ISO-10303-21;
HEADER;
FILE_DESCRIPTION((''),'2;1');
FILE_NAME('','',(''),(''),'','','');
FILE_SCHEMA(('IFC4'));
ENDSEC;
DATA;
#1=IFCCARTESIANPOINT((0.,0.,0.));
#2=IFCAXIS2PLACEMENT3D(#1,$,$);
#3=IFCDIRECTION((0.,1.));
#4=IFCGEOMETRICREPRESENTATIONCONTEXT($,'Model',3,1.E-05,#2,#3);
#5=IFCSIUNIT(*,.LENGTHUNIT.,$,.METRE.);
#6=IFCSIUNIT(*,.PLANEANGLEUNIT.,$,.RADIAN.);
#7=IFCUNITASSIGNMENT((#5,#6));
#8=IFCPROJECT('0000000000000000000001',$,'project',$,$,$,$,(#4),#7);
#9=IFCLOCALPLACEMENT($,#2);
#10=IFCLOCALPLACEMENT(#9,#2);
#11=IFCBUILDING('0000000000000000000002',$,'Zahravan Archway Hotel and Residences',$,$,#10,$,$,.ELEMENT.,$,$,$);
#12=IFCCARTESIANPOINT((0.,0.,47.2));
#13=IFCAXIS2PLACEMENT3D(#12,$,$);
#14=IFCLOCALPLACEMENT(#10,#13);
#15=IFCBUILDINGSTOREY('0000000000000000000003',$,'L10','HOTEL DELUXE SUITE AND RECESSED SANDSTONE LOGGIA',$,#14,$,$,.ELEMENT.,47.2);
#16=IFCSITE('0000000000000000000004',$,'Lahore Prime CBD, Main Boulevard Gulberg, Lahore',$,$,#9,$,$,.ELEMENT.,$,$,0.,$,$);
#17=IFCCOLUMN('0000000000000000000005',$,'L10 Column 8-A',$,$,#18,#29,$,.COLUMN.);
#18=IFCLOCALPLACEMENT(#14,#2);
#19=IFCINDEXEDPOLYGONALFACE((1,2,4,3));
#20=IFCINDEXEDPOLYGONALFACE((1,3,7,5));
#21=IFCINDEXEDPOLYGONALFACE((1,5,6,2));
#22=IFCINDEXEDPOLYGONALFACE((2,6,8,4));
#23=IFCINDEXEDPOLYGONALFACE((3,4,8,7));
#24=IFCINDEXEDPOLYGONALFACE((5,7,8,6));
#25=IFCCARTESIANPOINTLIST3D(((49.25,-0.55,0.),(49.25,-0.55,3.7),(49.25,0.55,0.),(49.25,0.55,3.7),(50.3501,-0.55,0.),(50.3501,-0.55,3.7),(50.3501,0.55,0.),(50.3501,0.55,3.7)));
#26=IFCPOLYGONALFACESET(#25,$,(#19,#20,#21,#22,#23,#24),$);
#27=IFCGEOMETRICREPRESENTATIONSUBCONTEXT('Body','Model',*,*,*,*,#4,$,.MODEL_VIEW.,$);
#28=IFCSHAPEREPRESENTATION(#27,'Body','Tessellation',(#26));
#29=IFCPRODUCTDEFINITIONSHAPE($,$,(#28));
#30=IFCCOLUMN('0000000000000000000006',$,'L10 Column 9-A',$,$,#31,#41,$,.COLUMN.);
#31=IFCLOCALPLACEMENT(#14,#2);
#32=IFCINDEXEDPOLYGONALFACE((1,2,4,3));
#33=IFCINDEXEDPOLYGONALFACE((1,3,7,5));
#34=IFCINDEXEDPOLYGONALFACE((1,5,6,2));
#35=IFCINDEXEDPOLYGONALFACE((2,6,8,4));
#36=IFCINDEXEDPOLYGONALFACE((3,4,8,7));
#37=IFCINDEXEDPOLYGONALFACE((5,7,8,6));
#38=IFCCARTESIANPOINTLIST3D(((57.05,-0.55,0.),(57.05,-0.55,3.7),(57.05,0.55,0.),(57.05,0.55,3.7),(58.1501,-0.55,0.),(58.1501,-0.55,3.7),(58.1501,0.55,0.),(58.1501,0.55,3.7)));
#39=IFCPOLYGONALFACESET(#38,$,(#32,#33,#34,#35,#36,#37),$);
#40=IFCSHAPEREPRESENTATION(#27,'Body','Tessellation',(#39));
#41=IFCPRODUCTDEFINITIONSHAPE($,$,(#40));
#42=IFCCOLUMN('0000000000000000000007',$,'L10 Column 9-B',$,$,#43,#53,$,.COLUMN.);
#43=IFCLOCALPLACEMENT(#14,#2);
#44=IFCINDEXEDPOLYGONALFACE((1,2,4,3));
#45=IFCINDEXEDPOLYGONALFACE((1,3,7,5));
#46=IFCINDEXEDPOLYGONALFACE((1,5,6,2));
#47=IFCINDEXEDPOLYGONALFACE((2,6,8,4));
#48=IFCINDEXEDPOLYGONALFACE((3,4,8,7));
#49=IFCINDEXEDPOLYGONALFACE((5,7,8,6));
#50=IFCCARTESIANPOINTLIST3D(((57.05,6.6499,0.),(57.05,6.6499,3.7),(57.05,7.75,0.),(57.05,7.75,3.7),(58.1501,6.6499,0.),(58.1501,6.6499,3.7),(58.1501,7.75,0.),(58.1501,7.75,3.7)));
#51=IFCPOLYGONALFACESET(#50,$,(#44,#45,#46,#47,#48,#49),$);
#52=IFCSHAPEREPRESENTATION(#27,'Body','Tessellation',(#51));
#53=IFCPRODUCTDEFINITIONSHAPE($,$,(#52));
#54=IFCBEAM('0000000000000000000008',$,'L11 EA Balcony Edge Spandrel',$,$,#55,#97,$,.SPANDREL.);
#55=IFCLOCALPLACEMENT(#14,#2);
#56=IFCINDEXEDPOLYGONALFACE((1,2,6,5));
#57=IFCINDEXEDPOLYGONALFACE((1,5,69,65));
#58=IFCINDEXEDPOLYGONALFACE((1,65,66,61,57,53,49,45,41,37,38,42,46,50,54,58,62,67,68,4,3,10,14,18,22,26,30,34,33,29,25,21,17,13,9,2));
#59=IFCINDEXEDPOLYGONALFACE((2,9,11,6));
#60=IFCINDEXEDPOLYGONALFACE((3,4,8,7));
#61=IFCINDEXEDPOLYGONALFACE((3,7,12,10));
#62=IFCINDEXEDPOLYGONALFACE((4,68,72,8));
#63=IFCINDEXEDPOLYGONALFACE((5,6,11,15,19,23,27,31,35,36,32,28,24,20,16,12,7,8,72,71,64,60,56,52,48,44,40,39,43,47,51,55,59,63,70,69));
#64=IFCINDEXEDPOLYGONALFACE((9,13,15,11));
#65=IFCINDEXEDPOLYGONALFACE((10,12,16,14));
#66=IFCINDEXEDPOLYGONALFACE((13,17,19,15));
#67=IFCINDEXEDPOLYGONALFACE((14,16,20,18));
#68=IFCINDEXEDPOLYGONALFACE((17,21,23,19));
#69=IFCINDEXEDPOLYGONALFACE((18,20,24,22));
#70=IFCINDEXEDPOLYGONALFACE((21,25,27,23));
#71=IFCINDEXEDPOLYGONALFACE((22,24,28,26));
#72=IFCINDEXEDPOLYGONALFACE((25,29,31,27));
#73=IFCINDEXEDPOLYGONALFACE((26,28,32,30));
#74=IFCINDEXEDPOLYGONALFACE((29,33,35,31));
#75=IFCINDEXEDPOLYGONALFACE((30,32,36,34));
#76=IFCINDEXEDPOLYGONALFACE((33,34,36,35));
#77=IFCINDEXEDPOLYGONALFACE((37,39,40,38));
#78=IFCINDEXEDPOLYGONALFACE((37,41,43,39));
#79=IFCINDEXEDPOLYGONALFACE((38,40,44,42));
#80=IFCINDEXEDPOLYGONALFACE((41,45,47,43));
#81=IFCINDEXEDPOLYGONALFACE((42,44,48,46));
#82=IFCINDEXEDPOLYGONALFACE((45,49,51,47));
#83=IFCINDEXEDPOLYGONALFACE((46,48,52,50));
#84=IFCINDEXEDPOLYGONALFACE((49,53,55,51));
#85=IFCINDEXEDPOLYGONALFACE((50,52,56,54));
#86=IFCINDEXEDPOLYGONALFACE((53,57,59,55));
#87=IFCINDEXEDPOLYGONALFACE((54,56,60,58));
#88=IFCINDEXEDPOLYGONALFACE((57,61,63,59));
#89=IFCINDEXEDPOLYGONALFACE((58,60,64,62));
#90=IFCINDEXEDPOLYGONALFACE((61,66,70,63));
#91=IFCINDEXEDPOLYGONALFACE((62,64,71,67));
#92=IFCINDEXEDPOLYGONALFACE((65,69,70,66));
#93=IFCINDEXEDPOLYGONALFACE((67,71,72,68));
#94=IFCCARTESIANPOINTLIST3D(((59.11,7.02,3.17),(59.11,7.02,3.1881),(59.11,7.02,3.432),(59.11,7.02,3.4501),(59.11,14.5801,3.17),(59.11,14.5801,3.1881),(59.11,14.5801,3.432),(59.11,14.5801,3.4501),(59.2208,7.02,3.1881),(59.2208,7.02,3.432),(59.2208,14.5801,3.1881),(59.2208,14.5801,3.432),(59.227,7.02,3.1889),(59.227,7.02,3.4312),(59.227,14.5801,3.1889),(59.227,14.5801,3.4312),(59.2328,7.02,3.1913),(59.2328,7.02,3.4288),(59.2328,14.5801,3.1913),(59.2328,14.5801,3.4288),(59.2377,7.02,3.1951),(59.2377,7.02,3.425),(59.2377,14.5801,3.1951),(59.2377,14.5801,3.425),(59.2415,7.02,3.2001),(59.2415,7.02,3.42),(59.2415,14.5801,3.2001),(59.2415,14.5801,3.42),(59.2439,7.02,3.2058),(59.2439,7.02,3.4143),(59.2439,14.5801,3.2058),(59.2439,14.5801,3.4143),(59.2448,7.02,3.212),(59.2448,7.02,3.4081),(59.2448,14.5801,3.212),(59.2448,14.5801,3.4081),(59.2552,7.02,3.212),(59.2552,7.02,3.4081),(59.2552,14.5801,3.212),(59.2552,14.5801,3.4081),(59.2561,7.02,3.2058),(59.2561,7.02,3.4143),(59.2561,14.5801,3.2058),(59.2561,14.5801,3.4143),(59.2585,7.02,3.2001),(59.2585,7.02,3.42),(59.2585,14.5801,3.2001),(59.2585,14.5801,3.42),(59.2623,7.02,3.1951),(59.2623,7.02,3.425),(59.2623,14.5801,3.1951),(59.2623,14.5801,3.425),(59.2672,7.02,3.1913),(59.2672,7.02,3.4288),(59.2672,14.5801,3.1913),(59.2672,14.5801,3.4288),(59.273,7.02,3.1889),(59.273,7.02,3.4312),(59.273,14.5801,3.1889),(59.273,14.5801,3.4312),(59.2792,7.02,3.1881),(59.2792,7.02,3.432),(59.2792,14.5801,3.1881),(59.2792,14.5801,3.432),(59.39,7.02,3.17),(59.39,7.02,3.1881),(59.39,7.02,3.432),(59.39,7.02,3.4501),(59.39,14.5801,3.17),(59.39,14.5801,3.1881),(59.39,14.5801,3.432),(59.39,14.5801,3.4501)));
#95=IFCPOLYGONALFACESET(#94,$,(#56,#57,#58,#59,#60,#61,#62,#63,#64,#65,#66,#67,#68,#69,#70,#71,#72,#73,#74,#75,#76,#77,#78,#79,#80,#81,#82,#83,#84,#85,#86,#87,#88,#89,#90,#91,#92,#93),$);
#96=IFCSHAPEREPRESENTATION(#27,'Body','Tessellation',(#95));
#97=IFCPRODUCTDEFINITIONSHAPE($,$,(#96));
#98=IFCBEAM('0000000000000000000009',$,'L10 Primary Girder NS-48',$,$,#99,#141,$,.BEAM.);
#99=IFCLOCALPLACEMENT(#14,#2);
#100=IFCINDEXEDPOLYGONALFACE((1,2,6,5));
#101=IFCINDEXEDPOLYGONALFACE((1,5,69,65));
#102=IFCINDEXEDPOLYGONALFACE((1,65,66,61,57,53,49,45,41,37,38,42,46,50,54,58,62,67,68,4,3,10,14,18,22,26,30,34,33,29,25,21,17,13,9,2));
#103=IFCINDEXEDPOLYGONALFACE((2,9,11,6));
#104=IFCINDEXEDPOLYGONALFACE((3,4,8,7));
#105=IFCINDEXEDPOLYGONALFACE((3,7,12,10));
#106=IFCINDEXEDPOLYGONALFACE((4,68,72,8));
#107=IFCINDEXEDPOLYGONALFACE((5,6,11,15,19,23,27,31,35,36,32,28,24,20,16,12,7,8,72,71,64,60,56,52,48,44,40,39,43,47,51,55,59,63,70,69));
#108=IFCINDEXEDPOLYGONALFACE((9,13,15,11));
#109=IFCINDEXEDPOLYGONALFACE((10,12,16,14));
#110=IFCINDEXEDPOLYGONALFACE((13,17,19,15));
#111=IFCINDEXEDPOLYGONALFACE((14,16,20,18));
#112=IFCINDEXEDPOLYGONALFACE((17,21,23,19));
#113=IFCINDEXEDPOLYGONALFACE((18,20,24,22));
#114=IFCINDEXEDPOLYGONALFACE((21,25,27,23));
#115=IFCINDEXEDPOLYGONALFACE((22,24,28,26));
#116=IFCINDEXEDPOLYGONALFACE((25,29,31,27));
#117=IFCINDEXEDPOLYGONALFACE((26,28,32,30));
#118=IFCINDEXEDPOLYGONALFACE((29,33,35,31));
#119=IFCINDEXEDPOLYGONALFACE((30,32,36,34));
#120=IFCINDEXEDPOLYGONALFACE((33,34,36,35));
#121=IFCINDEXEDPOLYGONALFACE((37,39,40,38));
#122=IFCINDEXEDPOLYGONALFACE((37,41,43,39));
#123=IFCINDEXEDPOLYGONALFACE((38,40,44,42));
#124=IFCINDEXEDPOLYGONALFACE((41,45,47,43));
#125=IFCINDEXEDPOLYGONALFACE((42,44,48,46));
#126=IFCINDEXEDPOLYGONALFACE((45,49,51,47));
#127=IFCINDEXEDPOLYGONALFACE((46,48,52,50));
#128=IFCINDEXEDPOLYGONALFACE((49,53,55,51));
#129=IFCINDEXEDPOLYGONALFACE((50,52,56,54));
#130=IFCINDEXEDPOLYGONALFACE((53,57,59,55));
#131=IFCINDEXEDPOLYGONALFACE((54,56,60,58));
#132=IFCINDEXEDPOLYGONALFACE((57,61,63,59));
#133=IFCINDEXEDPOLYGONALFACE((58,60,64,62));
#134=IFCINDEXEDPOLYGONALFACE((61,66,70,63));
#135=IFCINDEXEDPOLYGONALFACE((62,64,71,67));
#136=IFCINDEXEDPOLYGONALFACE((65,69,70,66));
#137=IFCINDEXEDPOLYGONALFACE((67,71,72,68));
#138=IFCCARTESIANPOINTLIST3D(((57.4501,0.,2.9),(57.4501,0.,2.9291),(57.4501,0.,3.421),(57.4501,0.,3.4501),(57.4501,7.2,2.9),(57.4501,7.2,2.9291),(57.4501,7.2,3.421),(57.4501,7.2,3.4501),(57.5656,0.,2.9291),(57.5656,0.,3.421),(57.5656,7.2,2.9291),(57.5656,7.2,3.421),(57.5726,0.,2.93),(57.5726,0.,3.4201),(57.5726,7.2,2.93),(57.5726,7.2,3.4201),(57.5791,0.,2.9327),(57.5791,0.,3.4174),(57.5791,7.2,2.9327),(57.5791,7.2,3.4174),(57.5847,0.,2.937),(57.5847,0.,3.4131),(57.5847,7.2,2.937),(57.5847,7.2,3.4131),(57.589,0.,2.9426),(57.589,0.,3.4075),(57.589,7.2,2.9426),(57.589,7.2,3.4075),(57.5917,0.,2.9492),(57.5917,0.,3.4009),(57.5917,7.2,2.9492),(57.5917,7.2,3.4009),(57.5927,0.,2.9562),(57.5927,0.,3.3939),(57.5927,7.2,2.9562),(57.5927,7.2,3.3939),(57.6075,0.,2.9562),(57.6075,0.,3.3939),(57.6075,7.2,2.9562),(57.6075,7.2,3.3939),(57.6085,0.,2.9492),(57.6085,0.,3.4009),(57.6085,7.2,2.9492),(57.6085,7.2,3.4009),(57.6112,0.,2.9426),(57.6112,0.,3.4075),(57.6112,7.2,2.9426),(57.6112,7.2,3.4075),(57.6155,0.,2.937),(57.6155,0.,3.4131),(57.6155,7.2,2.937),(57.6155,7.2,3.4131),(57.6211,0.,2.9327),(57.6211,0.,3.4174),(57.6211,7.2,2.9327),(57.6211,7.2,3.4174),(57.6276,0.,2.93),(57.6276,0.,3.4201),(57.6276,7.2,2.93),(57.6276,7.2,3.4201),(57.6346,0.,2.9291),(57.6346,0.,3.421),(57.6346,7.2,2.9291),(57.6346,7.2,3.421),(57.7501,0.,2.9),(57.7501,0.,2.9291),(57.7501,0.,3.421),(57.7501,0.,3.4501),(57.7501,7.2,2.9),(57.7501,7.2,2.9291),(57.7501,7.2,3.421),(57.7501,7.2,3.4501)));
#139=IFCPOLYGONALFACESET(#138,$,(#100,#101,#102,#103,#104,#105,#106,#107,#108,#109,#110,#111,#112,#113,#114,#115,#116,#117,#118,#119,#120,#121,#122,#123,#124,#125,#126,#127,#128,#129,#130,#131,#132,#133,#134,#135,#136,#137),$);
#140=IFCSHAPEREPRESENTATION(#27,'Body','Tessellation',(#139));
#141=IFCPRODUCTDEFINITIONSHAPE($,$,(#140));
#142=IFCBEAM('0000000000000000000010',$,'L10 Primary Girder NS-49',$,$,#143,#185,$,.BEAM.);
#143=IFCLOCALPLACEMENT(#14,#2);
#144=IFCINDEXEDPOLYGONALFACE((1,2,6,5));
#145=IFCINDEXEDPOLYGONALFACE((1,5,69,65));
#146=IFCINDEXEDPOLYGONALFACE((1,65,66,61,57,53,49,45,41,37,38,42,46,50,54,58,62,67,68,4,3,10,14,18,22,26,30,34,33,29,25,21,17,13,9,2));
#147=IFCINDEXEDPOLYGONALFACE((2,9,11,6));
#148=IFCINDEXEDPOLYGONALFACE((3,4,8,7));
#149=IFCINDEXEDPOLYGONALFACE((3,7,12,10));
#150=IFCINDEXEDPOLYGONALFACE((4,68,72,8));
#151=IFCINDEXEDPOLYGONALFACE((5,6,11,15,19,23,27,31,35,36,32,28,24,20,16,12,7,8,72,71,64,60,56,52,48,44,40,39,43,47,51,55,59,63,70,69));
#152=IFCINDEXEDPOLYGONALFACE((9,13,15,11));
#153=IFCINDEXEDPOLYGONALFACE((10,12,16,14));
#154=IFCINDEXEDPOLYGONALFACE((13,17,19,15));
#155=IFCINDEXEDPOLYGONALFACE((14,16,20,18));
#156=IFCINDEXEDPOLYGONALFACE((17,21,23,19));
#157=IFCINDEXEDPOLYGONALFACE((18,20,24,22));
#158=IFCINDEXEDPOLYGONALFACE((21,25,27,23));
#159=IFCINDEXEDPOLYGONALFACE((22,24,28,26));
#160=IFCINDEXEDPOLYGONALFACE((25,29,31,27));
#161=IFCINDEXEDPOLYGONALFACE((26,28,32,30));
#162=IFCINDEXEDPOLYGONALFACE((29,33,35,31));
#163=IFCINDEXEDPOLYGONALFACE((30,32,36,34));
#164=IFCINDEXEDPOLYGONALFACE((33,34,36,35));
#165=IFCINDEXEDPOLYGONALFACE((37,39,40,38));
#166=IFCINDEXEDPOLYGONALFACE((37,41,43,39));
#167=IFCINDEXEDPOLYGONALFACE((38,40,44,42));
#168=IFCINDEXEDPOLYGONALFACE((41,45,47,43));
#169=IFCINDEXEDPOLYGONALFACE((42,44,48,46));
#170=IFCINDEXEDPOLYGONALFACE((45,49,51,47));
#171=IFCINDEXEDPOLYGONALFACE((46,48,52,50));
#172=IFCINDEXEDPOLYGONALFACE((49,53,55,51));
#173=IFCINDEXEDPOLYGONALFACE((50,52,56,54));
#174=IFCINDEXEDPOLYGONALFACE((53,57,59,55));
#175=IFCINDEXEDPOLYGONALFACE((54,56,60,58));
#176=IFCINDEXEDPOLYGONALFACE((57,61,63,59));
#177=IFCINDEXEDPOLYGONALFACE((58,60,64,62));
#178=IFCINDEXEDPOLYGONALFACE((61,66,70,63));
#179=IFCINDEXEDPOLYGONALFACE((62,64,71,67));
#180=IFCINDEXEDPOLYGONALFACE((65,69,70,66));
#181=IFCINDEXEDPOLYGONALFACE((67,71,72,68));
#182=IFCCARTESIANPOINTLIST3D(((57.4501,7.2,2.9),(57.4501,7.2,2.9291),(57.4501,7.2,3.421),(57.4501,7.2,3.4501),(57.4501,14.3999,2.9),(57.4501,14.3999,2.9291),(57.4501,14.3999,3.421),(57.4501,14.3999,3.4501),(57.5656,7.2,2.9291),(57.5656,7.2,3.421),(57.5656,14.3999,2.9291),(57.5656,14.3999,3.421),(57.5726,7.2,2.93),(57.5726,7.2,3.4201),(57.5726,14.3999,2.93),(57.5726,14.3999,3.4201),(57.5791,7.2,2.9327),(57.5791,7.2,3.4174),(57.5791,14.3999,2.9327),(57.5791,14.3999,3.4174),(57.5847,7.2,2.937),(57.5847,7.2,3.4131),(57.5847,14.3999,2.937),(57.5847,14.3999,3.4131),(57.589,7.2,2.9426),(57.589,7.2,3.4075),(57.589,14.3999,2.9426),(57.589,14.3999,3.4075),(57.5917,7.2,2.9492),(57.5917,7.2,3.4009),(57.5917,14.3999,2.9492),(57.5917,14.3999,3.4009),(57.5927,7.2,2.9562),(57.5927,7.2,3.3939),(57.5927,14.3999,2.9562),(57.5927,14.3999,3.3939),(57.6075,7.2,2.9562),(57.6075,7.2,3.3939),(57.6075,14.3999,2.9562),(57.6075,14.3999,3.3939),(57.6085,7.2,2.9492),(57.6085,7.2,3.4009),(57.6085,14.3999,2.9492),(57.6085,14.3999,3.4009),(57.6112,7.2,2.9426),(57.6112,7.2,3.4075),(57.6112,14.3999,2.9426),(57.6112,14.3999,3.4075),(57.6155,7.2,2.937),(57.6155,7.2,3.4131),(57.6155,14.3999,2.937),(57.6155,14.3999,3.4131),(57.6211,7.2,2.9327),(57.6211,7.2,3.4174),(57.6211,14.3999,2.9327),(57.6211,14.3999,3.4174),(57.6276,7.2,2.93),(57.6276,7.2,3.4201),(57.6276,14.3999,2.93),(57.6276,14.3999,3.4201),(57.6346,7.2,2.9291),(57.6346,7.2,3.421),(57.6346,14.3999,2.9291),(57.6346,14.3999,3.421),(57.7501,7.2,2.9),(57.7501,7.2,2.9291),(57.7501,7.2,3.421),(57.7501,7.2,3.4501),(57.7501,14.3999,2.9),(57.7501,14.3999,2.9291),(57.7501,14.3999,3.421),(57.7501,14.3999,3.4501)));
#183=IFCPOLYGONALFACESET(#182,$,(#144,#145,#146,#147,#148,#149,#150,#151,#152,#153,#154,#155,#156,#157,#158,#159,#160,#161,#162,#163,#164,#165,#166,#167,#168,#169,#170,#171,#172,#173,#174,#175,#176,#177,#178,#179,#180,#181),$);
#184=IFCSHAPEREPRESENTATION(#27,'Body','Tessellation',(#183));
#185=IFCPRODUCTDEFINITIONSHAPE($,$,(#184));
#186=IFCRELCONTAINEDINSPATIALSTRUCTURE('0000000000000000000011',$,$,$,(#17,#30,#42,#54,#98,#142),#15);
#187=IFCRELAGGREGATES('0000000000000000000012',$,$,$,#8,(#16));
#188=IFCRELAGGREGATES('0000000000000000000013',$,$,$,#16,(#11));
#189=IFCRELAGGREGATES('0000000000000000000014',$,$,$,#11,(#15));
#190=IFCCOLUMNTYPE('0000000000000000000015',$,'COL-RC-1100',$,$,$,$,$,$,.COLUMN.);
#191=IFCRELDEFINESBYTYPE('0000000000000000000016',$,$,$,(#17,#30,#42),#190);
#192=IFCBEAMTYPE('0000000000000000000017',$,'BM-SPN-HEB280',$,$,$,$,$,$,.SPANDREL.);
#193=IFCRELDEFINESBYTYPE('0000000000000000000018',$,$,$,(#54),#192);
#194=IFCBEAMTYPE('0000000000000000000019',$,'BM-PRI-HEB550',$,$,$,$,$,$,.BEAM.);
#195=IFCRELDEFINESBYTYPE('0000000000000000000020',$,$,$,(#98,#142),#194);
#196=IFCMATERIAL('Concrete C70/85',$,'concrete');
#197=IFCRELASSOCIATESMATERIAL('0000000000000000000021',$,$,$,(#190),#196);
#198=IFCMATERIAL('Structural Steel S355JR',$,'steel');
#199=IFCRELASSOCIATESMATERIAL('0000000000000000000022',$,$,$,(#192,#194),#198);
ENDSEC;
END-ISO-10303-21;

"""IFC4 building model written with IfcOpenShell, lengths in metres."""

from ifc_helpers import new_model, si_unit, direction, frame, origin, origin_2d, place, context, subcontext, project, spatial, rectangle, i_section, extrude, source, transform, mapped, material, material_profile, profile_set, type_object, type_shapes, element, save


model = new_model("IFC4")

# Units and contexts
model_context = context("Model", 3, precision=1e-05, world=origin(), true_north=direction((0.0, 1.0)))
body_context = subcontext(model_context, "Body", "Model", "MODEL_VIEW")
ifc_project = project(units=[si_unit("LENGTHUNIT", "METRE"), si_unit("PLANEANGLEUNIT", "RADIAN")], contexts=[model_context])

# Site, building, storey
site_placement = place(None, origin())
site = spatial("IfcSite", under=ifc_project, at=site_placement, Name="Lahore Prime CBD, Main Boulevard Gulberg, Lahore", CompositionType="ELEMENT", RefElevation=0.0)
building_placement = place(site_placement, origin())
building = spatial("IfcBuilding", under=site, at=building_placement, Name="Zahravan Archway Hotel and Residences", CompositionType="ELEMENT")
storey_placement = place(building_placement, frame((0.0, 0.0, 47.2)))
storey = spatial("IfcBuildingStorey", under=building, at=storey_placement, Name="L10", Description="HOTEL DELUXE SUITE AND RECESSED SANDSTONE LOGGIA", CompositionType="ELEMENT", Elevation=47.2)

# Columns
ifc_material_1 = material(Name="Concrete C70/85", Category="concrete")
ifc_material_profile_1 = material_profile(ifc_material_1, rectangle(XDim=1.1001, YDim=1.1001, at=origin_2d()), Name="RC 1100x1100", Category="concrete")
ifc_profile_set_1 = profile_set([ifc_material_profile_1], Name="Concrete C70/85")
column_type = type_object("IfcColumnType", Name="COL-RC-1100", PredefinedType="COLUMN", material=ifc_profile_set_1)
shared_shape_1 = source(origin(), body_context, "Body", "SweptSolid", [
    extrude(rectangle(XDim=1.1001, YDim=1.1001, at=origin_2d()), origin(), (0.0, 0.0, 1.0), 3.7),
])
for number, where, z_axis, x_axis, name in (
    (1, (49.8, 0.0, 0.0), (0.0, 0.0, 1.0), (1.0, 0.0, 0.0), "L10 Column 8-A"),
    (2, (57.6001, 0.0, 0.0), (0.0, 0.0, 1.0), (1.0, 0.0, 0.0), "L10 Column 9-A"),
    (3, (57.6001, 7.2, 0.0), (0.0, 0.0, 1.0), (1.0, 0.0, 0.0), "L10 Column 9-B"),
):
    element("IfcColumn", number, at=place(storey_placement, frame(where, z_axis=z_axis, x_axis=x_axis)), inside=storey, type_object=column_type, Name=name, PredefinedType="COLUMN", context=body_context, shape_type="MappedRepresentation", body=[
        mapped(shared_shape_1, transform((0.0, 0.0, 0.0), scale=1.0)),
    ])

# Beams
ifc_material_2 = material(Name="Structural Steel S355JR", Category="steel")
ifc_material_profile_2 = material_profile(ifc_material_2, i_section(OverallWidth=0.28, OverallDepth=0.28, WebThickness=0.0105, FlangeThickness=0.0181, FilletRadius=0.0239, at=origin_2d()), Name="HEB 280", Category="steel")
ifc_profile_set_2 = profile_set([ifc_material_profile_2], Name="Structural Steel S355JR")
beam_type_1 = type_object("IfcBeamType", Name="BM-SPN-HEB280", PredefinedType="SPANDREL", material=ifc_profile_set_2)
shared_shape_2 = source(origin(), body_context, "Body", "SweptSolid", [
    extrude(i_section(OverallWidth=0.28, OverallDepth=0.28, WebThickness=0.0105, FlangeThickness=0.0181, FilletRadius=0.0239, at=origin_2d()), origin(), (0.0, 0.0, 1.0), 7.5601),
])
type_shapes(beam_type_1, [shared_shape_2])
beam_1_placement = place(storey_placement, frame((59.25, 7.02, 3.3101), z_axis=(0.0, 1.0, 0.0), x_axis=(-1.0, 0.0, 0.0)))
element("IfcBeam", 4, at=beam_1_placement, inside=storey, type_object=beam_type_1, Name="L11 EA Balcony Edge Spandrel", PredefinedType="SPANDREL", context=body_context, shape_type="MappedRepresentation", body=[
    mapped(shared_shape_2, transform((0.0, 0.0, 0.0), scale=1.0)),
])
ifc_material_profile_3 = material_profile(ifc_material_2, i_section(OverallWidth=0.3, OverallDepth=0.55, WebThickness=0.0149, FlangeThickness=0.0291, FilletRadius=0.0271, at=origin_2d()), Name="HEB 550", Category="steel")
ifc_profile_set_3 = profile_set([ifc_material_profile_3], Name="Structural Steel S355JR")
beam_type_2 = type_object("IfcBeamType", Name="BM-PRI-HEB550", PredefinedType="BEAM", material=ifc_profile_set_3)
shared_shape_3 = source(origin(), body_context, "Body", "SweptSolid", [
    extrude(i_section(OverallWidth=0.3, OverallDepth=0.55, WebThickness=0.0149, FlangeThickness=0.0291, FilletRadius=0.0271, at=origin_2d()), origin(), (0.0, 0.0, 1.0), 7.2),
])
for number, where, z_axis, x_axis, name in (
    (5, (57.6001, 0.0, 3.175), (0.0, 1.0, 0.0), (-1.0, 0.0, 0.0), "L10 Primary Girder NS-48"),
    (6, (57.6001, 7.2, 3.175), (0.0, 1.0, 0.0), (-1.0, 0.0, 0.0), "L10 Primary Girder NS-49"),
):
    element("IfcBeam", number, at=place(storey_placement, frame(where, z_axis=z_axis, x_axis=x_axis)), inside=storey, type_object=beam_type_2, Name=name, PredefinedType="BEAM", context=body_context, shape_type="MappedRepresentation", body=[
        mapped(shared_shape_3, transform((0.0, 0.0, 0.0), scale=1.0)),
    ])

save(model, "model.ifc")
